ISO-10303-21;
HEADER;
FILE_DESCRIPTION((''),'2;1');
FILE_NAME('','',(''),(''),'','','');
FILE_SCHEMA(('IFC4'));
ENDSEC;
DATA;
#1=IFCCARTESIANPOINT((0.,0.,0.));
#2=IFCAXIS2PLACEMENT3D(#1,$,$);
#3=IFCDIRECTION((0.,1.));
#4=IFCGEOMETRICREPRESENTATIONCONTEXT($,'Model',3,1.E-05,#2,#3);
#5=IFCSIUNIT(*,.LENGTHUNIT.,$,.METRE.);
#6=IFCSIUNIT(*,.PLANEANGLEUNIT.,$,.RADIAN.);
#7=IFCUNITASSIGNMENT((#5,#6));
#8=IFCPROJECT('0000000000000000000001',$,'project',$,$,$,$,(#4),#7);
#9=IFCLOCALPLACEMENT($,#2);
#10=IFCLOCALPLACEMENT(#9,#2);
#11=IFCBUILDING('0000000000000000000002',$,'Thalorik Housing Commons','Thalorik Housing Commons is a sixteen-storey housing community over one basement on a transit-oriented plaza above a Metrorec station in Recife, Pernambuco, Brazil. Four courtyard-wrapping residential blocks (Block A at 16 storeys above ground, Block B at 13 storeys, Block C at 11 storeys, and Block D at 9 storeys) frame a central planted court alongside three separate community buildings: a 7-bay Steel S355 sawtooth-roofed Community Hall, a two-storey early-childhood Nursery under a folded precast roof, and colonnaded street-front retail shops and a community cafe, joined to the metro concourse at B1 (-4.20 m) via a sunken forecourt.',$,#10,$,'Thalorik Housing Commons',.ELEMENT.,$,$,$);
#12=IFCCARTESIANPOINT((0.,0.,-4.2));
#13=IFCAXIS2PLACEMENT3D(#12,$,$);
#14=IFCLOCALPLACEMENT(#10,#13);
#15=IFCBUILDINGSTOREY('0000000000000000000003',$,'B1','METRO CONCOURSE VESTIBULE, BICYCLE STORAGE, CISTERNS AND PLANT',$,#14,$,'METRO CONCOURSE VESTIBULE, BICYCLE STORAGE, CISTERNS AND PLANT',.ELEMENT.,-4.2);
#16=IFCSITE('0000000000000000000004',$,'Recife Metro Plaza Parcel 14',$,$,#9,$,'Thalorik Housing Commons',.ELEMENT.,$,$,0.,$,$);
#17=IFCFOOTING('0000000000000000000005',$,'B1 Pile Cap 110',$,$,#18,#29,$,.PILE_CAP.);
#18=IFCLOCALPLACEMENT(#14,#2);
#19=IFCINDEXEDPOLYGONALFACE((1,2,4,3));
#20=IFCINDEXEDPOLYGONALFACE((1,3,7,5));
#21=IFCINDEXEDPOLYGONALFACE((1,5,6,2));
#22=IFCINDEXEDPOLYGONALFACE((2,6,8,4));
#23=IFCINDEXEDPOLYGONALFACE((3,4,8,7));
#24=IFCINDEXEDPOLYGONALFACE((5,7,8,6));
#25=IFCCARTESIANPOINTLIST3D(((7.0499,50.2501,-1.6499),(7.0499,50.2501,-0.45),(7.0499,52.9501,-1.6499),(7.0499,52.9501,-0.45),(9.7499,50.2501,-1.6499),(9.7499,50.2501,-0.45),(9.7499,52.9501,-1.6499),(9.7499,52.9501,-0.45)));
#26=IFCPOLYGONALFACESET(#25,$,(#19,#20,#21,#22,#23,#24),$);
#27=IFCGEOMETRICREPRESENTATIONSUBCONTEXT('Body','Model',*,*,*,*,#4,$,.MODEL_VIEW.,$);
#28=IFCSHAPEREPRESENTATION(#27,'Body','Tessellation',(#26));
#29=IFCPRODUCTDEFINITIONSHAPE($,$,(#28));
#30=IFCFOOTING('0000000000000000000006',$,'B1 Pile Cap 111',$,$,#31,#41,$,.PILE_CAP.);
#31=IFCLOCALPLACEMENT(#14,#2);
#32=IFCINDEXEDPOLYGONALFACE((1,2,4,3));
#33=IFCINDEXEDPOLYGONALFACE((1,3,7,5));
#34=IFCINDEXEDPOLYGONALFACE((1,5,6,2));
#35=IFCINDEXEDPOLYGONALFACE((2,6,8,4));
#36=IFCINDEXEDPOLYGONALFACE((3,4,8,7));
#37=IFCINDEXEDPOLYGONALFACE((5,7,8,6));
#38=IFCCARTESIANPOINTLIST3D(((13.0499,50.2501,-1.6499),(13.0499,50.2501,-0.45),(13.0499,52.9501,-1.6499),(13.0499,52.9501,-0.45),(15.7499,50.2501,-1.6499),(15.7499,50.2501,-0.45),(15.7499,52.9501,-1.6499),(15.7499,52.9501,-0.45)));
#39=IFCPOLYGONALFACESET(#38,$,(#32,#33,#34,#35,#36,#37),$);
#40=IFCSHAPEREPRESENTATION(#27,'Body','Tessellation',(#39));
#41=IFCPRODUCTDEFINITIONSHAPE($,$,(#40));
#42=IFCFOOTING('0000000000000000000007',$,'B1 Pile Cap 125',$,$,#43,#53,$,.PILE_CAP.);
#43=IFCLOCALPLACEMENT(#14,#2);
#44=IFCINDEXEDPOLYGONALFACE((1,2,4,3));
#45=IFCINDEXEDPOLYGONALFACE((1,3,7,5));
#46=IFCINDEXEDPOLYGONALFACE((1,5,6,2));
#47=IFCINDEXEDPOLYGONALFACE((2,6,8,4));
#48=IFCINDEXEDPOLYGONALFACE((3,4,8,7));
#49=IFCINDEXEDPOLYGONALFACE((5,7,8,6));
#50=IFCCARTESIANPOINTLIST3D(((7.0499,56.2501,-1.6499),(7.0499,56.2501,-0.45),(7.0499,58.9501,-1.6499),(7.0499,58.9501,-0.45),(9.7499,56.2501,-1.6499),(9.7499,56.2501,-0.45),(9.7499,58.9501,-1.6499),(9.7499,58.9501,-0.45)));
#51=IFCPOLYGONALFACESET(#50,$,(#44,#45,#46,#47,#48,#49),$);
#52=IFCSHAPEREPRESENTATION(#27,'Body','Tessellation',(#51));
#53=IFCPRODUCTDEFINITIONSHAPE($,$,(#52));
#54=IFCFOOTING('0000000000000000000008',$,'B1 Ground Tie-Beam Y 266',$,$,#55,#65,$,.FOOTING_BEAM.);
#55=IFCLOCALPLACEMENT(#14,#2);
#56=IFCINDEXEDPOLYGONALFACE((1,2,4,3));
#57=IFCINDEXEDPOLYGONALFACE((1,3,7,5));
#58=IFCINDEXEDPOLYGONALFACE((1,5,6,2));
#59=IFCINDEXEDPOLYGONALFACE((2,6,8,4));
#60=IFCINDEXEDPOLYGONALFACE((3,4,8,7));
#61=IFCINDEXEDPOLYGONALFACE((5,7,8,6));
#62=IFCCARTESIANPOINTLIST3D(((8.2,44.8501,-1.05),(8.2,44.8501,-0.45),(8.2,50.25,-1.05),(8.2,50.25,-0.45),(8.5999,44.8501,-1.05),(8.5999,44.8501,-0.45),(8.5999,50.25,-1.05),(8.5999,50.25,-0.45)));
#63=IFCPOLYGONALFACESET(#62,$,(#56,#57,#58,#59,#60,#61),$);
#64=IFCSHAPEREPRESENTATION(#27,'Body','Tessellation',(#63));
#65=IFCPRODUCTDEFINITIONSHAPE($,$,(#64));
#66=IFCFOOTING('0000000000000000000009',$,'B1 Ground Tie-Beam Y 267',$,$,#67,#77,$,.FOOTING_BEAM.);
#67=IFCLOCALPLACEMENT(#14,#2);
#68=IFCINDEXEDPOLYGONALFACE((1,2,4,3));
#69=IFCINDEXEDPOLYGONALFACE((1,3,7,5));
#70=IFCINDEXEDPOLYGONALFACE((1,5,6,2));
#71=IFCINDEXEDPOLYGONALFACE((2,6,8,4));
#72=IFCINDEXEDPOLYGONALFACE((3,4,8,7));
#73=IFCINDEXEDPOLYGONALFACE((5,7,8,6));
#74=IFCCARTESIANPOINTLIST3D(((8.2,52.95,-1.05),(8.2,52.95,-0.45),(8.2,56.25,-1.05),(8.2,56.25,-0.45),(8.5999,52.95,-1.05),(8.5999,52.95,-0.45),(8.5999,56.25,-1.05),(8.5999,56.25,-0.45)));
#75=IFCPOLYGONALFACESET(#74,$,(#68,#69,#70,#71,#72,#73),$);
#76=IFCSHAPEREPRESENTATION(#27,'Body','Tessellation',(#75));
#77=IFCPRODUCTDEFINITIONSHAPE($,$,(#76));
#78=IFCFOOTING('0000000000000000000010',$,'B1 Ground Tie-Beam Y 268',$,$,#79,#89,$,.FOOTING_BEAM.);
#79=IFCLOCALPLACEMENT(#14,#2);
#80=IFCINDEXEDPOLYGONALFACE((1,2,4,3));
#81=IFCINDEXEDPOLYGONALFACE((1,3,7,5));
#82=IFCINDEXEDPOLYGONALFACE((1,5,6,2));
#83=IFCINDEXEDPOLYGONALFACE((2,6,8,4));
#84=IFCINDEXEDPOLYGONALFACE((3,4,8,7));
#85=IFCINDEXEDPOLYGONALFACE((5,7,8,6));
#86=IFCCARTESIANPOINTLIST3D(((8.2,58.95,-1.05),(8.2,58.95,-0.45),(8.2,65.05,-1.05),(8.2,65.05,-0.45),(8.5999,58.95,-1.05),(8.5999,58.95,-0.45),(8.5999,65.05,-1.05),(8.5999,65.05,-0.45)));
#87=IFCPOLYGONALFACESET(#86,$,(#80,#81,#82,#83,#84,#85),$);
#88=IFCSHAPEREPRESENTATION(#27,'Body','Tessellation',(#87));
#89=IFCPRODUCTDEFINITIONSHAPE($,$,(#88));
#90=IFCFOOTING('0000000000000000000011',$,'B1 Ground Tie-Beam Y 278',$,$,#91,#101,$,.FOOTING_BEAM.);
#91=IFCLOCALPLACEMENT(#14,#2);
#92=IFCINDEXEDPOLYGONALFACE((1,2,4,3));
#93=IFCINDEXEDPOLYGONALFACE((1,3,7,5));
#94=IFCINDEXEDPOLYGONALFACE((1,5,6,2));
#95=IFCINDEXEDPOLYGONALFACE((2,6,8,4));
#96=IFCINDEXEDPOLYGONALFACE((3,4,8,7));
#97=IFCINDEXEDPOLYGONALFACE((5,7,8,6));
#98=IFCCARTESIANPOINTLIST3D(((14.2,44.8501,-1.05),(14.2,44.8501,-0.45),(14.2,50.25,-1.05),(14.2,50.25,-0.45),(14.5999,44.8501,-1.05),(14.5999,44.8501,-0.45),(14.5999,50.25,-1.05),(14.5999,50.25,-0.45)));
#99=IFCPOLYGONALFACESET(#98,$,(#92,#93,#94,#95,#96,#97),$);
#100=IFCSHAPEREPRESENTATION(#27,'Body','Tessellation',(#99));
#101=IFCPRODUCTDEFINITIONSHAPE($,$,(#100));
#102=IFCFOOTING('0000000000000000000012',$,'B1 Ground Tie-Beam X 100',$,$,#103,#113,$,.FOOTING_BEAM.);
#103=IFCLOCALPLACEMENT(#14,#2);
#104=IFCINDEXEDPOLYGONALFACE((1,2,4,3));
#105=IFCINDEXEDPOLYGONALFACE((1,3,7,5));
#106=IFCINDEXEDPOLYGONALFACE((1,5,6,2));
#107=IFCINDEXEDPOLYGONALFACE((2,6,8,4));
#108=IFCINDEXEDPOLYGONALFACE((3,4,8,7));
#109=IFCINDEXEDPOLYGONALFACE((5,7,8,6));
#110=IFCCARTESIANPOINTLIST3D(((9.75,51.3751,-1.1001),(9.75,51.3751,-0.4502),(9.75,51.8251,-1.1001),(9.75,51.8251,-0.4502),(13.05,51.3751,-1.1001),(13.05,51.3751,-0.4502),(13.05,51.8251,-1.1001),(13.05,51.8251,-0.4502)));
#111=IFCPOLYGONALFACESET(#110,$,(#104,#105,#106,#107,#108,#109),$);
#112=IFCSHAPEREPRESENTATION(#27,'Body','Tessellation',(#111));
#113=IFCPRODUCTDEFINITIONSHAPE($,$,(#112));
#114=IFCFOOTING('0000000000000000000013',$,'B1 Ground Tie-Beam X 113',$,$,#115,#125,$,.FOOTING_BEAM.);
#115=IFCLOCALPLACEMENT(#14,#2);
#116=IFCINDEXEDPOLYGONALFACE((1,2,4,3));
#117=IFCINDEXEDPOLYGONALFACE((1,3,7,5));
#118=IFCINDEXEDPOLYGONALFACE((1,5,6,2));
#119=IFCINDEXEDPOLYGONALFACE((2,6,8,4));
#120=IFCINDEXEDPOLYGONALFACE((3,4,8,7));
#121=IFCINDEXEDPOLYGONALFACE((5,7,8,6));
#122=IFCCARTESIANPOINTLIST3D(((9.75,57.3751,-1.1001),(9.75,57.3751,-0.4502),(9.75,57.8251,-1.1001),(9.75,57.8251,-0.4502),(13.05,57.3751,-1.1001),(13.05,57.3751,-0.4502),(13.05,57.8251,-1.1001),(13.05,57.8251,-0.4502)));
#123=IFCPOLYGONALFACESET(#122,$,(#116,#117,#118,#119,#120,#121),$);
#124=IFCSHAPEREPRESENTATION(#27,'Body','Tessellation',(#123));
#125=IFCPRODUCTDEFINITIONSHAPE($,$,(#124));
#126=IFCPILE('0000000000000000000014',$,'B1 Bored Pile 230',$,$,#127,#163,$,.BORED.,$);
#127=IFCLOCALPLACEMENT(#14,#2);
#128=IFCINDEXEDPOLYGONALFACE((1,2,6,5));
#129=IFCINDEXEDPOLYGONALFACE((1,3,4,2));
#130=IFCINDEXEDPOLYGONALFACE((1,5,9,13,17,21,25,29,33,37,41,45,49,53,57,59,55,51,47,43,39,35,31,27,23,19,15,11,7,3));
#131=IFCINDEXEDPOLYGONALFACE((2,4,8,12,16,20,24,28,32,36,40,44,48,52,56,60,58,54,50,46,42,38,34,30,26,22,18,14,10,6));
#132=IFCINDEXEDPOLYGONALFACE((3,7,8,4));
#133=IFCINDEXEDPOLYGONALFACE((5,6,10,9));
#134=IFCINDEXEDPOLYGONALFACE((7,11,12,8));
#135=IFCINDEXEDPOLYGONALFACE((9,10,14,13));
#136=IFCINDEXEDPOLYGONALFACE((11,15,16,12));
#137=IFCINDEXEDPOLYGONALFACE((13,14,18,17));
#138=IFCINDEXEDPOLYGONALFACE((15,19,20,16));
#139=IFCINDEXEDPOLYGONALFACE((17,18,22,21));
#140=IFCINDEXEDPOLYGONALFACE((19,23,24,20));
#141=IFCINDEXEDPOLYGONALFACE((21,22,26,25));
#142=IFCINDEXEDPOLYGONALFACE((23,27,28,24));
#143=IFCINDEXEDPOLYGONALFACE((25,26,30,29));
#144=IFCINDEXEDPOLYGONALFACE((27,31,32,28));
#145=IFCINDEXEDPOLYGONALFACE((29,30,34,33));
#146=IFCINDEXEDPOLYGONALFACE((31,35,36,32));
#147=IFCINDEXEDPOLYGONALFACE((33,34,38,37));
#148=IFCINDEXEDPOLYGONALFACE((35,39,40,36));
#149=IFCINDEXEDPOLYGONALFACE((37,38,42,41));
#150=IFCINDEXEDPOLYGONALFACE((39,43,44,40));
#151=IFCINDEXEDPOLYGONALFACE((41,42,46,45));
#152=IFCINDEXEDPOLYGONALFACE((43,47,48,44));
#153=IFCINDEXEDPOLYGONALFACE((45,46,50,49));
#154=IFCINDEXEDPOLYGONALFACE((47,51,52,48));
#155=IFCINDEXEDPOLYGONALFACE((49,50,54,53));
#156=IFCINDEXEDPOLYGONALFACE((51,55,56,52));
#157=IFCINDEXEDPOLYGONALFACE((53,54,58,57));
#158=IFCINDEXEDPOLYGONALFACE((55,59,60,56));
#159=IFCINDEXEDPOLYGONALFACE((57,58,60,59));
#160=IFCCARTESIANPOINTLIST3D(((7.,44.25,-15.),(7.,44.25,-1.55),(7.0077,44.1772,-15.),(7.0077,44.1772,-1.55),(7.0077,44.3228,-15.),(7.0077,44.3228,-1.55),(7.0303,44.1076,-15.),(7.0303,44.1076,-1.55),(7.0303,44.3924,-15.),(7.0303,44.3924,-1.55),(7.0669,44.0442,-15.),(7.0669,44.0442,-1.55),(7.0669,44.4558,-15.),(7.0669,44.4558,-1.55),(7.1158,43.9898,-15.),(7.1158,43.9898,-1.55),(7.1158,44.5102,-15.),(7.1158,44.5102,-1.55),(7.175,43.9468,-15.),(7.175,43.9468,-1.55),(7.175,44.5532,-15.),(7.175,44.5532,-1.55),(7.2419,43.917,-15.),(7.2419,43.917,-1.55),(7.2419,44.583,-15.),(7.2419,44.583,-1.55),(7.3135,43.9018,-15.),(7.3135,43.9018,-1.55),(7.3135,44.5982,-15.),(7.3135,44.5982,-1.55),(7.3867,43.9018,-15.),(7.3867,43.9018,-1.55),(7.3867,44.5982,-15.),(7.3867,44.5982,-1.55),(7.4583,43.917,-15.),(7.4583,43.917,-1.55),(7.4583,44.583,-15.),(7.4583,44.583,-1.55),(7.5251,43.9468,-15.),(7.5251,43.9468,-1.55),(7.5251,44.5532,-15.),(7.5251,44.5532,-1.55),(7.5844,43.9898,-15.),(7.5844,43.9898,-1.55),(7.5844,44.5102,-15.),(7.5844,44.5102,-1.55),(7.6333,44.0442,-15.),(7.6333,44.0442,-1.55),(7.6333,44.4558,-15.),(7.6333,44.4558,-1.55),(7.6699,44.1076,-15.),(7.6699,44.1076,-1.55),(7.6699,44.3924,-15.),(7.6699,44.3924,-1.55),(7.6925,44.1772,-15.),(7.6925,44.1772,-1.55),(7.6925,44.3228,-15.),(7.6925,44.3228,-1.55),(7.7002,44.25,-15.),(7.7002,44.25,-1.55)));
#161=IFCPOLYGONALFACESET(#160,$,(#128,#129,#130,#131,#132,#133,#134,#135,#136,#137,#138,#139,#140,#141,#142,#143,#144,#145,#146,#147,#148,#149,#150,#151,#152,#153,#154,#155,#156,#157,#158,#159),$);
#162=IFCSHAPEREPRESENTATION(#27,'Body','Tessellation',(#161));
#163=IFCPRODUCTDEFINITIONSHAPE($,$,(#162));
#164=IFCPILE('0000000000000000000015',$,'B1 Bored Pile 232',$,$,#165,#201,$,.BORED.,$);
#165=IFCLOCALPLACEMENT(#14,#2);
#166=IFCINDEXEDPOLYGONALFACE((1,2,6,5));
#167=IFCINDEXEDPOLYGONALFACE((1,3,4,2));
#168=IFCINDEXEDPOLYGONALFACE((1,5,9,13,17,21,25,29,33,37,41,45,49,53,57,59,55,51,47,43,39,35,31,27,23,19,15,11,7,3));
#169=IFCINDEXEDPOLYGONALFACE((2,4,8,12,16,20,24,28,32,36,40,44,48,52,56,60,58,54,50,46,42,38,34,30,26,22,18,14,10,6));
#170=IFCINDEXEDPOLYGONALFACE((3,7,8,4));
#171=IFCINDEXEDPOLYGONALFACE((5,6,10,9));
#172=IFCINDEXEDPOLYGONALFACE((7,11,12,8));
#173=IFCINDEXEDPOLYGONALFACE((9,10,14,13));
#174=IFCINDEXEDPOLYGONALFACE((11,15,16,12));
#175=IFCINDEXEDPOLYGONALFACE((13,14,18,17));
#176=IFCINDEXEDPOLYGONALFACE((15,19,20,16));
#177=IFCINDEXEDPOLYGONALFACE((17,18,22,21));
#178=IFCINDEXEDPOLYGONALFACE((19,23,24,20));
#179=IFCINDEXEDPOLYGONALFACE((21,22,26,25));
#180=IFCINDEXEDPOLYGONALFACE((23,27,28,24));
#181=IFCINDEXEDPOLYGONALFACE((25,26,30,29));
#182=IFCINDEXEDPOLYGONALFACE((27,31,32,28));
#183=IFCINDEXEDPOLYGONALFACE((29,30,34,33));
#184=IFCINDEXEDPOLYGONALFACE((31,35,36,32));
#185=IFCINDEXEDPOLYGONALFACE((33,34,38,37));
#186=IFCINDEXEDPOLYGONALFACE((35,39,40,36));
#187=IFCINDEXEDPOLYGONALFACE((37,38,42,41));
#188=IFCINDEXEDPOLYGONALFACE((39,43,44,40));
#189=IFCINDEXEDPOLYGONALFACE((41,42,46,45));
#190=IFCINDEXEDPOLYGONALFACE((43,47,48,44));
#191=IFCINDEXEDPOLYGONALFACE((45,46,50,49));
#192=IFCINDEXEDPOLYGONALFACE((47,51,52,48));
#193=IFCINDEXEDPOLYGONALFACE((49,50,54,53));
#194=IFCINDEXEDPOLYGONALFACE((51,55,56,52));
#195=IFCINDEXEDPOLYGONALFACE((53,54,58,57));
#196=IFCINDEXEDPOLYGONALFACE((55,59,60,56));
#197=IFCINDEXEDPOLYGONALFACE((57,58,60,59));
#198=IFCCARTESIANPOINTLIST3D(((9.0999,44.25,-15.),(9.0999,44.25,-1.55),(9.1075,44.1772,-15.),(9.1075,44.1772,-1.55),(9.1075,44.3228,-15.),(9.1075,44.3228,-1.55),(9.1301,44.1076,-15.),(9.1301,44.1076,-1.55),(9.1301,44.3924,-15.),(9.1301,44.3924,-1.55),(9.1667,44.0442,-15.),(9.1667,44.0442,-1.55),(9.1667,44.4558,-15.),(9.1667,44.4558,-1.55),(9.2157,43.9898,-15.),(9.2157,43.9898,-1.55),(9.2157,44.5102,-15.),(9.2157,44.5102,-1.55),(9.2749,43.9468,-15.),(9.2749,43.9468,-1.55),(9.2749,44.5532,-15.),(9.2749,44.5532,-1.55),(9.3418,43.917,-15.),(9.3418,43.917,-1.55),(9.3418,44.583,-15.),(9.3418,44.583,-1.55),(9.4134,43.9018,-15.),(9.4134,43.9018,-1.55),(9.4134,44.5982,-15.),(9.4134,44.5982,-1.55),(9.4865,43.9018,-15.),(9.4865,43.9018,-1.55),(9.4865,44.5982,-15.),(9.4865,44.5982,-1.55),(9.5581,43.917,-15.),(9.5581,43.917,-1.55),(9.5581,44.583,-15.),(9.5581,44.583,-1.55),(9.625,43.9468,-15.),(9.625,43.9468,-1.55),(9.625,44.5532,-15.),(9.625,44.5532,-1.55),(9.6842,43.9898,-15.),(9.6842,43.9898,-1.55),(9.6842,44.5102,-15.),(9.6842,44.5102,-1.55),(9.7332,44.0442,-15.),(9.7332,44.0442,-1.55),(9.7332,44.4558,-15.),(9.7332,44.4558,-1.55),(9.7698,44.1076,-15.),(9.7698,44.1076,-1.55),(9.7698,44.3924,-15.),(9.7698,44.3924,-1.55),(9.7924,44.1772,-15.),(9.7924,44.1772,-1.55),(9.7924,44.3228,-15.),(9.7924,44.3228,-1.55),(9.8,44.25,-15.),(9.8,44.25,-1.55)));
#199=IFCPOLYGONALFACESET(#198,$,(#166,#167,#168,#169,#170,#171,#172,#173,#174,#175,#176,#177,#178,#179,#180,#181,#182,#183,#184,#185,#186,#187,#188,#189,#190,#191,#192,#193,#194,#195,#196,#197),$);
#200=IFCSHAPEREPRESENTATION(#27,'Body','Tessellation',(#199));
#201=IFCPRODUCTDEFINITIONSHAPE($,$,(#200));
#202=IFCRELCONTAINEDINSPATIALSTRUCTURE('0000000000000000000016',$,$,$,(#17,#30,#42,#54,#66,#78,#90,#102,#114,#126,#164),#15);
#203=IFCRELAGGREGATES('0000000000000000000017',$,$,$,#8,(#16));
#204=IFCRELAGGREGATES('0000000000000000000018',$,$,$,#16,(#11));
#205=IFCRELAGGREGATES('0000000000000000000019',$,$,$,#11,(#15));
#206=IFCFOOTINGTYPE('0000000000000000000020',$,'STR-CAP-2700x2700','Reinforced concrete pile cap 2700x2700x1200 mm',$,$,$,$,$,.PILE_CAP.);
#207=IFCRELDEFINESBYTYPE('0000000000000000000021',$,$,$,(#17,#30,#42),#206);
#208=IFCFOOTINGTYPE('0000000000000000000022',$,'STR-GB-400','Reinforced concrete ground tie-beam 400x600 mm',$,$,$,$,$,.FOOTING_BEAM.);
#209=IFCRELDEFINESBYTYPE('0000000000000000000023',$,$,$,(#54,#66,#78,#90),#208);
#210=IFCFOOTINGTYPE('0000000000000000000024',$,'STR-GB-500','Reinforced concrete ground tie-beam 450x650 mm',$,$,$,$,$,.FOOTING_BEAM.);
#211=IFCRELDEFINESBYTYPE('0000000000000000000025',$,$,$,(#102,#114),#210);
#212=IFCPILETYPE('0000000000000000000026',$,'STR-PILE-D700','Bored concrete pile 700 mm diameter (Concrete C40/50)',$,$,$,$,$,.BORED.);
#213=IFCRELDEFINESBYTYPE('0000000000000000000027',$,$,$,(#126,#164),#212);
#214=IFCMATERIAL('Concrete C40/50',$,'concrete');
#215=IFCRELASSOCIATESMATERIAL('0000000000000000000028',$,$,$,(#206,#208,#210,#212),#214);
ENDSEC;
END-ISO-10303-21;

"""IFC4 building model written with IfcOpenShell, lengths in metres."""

from ifc_helpers import new_model, si_unit, direction, frame, origin, origin_2d, place, context, subcontext, project, spatial, rectangle, circle, extrude, material, material_profile, profile_set, type_object, element, save


model = new_model("IFC4")

# Units and contexts
model_context = context("Model", 3, precision=1e-05, world=origin(), true_north=direction((0.0, 1.0)))
body_context = subcontext(model_context, "Body", "Model", "MODEL_VIEW")
ifc_project = project(units=[si_unit("LENGTHUNIT", "METRE"), si_unit("PLANEANGLEUNIT", "RADIAN")], contexts=[model_context])

# Site, building, storey
site_placement = place(None, origin())
site = spatial("IfcSite", under=ifc_project, at=site_placement, Name="Recife Metro Plaza Parcel 14", LongName="Thalorik Housing Commons", CompositionType="ELEMENT", RefElevation=0.0)
building_placement = place(site_placement, origin())
building = spatial("IfcBuilding", under=site, at=building_placement, Name="Thalorik Housing Commons", Description="Thalorik Housing Commons is a sixteen-storey housing community over one basement on a transit-oriented plaza above a Metrorec station in Recife, Pernambuco, Brazil. Four courtyard-wrapping residential blocks (Block A at 16 storeys above ground, Block B at 13 storeys, Block C at 11 storeys, and Block D at 9 storeys) frame a central planted court alongside three separate community buildings: a 7-bay Steel S355 sawtooth-roofed Community Hall, a two-storey early-childhood Nursery under a folded precast roof, and colonnaded street-front retail shops and a community cafe, joined to the metro concourse at B1 (-4.20 m) via a sunken forecourt.", LongName="Thalorik Housing Commons", CompositionType="ELEMENT")
storey_placement = place(building_placement, frame((0.0, 0.0, -4.2)))
storey = spatial("IfcBuildingStorey", under=building, at=storey_placement, Name="B1", Description="METRO CONCOURSE VESTIBULE, BICYCLE STORAGE, CISTERNS AND PLANT", LongName="METRO CONCOURSE VESTIBULE, BICYCLE STORAGE, CISTERNS AND PLANT", CompositionType="ELEMENT", Elevation=-4.2)

# Footings
ifc_material_1 = material(Name="Concrete C40/50", Category="concrete")
footing_type_1 = type_object("IfcFootingType", Name="STR-CAP-2700x2700", Description="Reinforced concrete pile cap 2700x2700x1200 mm", PredefinedType="PILE_CAP", material=ifc_material_1)
for number, where, z_axis, x_axis, name in (
    (1, (8.3999, 51.6001, -1.6499), (0.0, 0.0, 1.0), (1.0, 0.0, 0.0), "B1 Pile Cap 110"),
    (2, (14.3999, 51.6001, -1.6499), (0.0, 0.0, 1.0), (1.0, 0.0, 0.0), "B1 Pile Cap 111"),
    (3, (8.3999, 57.6001, -1.6499), (0.0, 0.0, 1.0), (1.0, 0.0, 0.0), "B1 Pile Cap 125"),
):
    element("IfcFooting", number, at=place(storey_placement, frame(where, z_axis=z_axis, x_axis=x_axis)), inside=storey, type_object=footing_type_1, Name=name, PredefinedType="PILE_CAP", context=body_context, shape_type="SweptSolid", body=[
        extrude(rectangle(XDim=2.7, YDim=2.7, at=origin_2d()), origin(), (0.0, 0.0, 1.0), 1.2),
    ])
ifc_material_profile_1 = material_profile(ifc_material_1, rectangle(XDim=0.3999, YDim=0.6001, at=origin_2d()), Name="RC 400x600", Category="concrete")
ifc_profile_set_1 = profile_set([ifc_material_profile_1], Name="Concrete C40/50")
footing_type_2 = type_object("IfcFootingType", Name="STR-GB-400", Description="Reinforced concrete ground tie-beam 400x600 mm", PredefinedType="FOOTING_BEAM", material=ifc_profile_set_1)
footing_1_placement = place(storey_placement, frame((8.3999, 44.8501, -0.75), z_axis=(0.0, 1.0, 0.0), x_axis=(-1.0, 0.0, 0.0)))
element("IfcFooting", 4, at=footing_1_placement, inside=storey, type_object=footing_type_2, Name="B1 Ground Tie-Beam Y 266", PredefinedType="FOOTING_BEAM", context=body_context, shape_type="SweptSolid", body=[
    extrude(rectangle(XDim=0.3999, YDim=0.6001, at=origin_2d()), origin(), (0.0, 0.0, 1.0), 5.3999),
])
footing_2_placement = place(storey_placement, frame((8.3999, 52.95, -0.75), z_axis=(0.0, 1.0, 0.0), x_axis=(-1.0, 0.0, 0.0)))
element("IfcFooting", 5, at=footing_2_placement, inside=storey, type_object=footing_type_2, Name="B1 Ground Tie-Beam Y 267", PredefinedType="FOOTING_BEAM", context=body_context, shape_type="SweptSolid", body=[
    extrude(rectangle(XDim=0.3999, YDim=0.6001, at=origin_2d()), origin(), (0.0, 0.0, 1.0), 3.3),
])
footing_3_placement = place(storey_placement, frame((8.3999, 58.95, -0.75), z_axis=(0.0, 1.0, 0.0), x_axis=(-1.0, 0.0, 0.0)))
element("IfcFooting", 6, at=footing_3_placement, inside=storey, type_object=footing_type_2, Name="B1 Ground Tie-Beam Y 268", PredefinedType="FOOTING_BEAM", context=body_context, shape_type="SweptSolid", body=[
    extrude(rectangle(XDim=0.3999, YDim=0.6001, at=origin_2d()), origin(), (0.0, 0.0, 1.0), 6.1001),
])
footing_4_placement = place(storey_placement, frame((14.3999, 44.8501, -0.75), z_axis=(0.0, 1.0, 0.0), x_axis=(-1.0, 0.0, 0.0)))
element("IfcFooting", 7, at=footing_4_placement, inside=storey, type_object=footing_type_2, Name="B1 Ground Tie-Beam Y 278", PredefinedType="FOOTING_BEAM", context=body_context, shape_type="SweptSolid", body=[
    extrude(rectangle(XDim=0.3999, YDim=0.6001, at=origin_2d()), origin(), (0.0, 0.0, 1.0), 5.3999),
])
ifc_material_profile_2 = material_profile(ifc_material_1, rectangle(XDim=0.45, YDim=0.6499, at=origin_2d()), Name="RC 450x650", Category="concrete")
ifc_profile_set_2 = profile_set([ifc_material_profile_2], Name="Concrete C40/50")
footing_type_3 = type_object("IfcFootingType", Name="STR-GB-500", Description="Reinforced concrete ground tie-beam 450x650 mm", PredefinedType="FOOTING_BEAM", material=ifc_profile_set_2)
for number, where, z_axis, x_axis, name in (
    (8, (9.75, 51.6001, -0.7751), (1.0, 0.0, 0.0), (0.0, 1.0, 0.0), "B1 Ground Tie-Beam X 100"),
    (9, (9.75, 57.6001, -0.7751), (1.0, 0.0, 0.0), (0.0, 1.0, 0.0), "B1 Ground Tie-Beam X 113"),
):
    element("IfcFooting", number, at=place(storey_placement, frame(where, z_axis=z_axis, x_axis=x_axis)), inside=storey, type_object=footing_type_3, Name=name, PredefinedType="FOOTING_BEAM", context=body_context, shape_type="SweptSolid", body=[
        extrude(rectangle(XDim=0.45, YDim=0.6499, at=origin_2d()), origin(), (0.0, 0.0, 1.0), 3.3),
    ])

# Piles
ifc_material_profile_3 = material_profile(ifc_material_1, circle(Radius=0.3501, at=origin_2d()), Name="BORED PILE D700", Category="concrete")
ifc_profile_set_3 = profile_set([ifc_material_profile_3], Name="Concrete C40/50")
pile_type = type_object("IfcPileType", Name="STR-PILE-D700", Description="Bored concrete pile 700 mm diameter (Concrete C40/50)", PredefinedType="BORED", material=ifc_profile_set_3)
for number, where, z_axis, x_axis, name in (
    (10, (7.3501, 44.25, -1.55), (0.0, 0.0, -1.0), (1.0, 0.0, 0.0), "B1 Bored Pile 230"),
    (11, (9.45, 44.25, -1.55), (0.0, 0.0, -1.0), (1.0, 0.0, 0.0), "B1 Bored Pile 232"),
):
    element("IfcPile", number, at=place(storey_placement, frame(where, z_axis=z_axis, x_axis=x_axis)), inside=storey, type_object=pile_type, Name=name, PredefinedType="BORED", context=body_context, shape_type="SweptSolid", body=[
        extrude(circle(Radius=0.3501, at=origin_2d()), origin(), (0.0, 0.0, 1.0), 13.45),
    ])

save(model, "model.ifc")
